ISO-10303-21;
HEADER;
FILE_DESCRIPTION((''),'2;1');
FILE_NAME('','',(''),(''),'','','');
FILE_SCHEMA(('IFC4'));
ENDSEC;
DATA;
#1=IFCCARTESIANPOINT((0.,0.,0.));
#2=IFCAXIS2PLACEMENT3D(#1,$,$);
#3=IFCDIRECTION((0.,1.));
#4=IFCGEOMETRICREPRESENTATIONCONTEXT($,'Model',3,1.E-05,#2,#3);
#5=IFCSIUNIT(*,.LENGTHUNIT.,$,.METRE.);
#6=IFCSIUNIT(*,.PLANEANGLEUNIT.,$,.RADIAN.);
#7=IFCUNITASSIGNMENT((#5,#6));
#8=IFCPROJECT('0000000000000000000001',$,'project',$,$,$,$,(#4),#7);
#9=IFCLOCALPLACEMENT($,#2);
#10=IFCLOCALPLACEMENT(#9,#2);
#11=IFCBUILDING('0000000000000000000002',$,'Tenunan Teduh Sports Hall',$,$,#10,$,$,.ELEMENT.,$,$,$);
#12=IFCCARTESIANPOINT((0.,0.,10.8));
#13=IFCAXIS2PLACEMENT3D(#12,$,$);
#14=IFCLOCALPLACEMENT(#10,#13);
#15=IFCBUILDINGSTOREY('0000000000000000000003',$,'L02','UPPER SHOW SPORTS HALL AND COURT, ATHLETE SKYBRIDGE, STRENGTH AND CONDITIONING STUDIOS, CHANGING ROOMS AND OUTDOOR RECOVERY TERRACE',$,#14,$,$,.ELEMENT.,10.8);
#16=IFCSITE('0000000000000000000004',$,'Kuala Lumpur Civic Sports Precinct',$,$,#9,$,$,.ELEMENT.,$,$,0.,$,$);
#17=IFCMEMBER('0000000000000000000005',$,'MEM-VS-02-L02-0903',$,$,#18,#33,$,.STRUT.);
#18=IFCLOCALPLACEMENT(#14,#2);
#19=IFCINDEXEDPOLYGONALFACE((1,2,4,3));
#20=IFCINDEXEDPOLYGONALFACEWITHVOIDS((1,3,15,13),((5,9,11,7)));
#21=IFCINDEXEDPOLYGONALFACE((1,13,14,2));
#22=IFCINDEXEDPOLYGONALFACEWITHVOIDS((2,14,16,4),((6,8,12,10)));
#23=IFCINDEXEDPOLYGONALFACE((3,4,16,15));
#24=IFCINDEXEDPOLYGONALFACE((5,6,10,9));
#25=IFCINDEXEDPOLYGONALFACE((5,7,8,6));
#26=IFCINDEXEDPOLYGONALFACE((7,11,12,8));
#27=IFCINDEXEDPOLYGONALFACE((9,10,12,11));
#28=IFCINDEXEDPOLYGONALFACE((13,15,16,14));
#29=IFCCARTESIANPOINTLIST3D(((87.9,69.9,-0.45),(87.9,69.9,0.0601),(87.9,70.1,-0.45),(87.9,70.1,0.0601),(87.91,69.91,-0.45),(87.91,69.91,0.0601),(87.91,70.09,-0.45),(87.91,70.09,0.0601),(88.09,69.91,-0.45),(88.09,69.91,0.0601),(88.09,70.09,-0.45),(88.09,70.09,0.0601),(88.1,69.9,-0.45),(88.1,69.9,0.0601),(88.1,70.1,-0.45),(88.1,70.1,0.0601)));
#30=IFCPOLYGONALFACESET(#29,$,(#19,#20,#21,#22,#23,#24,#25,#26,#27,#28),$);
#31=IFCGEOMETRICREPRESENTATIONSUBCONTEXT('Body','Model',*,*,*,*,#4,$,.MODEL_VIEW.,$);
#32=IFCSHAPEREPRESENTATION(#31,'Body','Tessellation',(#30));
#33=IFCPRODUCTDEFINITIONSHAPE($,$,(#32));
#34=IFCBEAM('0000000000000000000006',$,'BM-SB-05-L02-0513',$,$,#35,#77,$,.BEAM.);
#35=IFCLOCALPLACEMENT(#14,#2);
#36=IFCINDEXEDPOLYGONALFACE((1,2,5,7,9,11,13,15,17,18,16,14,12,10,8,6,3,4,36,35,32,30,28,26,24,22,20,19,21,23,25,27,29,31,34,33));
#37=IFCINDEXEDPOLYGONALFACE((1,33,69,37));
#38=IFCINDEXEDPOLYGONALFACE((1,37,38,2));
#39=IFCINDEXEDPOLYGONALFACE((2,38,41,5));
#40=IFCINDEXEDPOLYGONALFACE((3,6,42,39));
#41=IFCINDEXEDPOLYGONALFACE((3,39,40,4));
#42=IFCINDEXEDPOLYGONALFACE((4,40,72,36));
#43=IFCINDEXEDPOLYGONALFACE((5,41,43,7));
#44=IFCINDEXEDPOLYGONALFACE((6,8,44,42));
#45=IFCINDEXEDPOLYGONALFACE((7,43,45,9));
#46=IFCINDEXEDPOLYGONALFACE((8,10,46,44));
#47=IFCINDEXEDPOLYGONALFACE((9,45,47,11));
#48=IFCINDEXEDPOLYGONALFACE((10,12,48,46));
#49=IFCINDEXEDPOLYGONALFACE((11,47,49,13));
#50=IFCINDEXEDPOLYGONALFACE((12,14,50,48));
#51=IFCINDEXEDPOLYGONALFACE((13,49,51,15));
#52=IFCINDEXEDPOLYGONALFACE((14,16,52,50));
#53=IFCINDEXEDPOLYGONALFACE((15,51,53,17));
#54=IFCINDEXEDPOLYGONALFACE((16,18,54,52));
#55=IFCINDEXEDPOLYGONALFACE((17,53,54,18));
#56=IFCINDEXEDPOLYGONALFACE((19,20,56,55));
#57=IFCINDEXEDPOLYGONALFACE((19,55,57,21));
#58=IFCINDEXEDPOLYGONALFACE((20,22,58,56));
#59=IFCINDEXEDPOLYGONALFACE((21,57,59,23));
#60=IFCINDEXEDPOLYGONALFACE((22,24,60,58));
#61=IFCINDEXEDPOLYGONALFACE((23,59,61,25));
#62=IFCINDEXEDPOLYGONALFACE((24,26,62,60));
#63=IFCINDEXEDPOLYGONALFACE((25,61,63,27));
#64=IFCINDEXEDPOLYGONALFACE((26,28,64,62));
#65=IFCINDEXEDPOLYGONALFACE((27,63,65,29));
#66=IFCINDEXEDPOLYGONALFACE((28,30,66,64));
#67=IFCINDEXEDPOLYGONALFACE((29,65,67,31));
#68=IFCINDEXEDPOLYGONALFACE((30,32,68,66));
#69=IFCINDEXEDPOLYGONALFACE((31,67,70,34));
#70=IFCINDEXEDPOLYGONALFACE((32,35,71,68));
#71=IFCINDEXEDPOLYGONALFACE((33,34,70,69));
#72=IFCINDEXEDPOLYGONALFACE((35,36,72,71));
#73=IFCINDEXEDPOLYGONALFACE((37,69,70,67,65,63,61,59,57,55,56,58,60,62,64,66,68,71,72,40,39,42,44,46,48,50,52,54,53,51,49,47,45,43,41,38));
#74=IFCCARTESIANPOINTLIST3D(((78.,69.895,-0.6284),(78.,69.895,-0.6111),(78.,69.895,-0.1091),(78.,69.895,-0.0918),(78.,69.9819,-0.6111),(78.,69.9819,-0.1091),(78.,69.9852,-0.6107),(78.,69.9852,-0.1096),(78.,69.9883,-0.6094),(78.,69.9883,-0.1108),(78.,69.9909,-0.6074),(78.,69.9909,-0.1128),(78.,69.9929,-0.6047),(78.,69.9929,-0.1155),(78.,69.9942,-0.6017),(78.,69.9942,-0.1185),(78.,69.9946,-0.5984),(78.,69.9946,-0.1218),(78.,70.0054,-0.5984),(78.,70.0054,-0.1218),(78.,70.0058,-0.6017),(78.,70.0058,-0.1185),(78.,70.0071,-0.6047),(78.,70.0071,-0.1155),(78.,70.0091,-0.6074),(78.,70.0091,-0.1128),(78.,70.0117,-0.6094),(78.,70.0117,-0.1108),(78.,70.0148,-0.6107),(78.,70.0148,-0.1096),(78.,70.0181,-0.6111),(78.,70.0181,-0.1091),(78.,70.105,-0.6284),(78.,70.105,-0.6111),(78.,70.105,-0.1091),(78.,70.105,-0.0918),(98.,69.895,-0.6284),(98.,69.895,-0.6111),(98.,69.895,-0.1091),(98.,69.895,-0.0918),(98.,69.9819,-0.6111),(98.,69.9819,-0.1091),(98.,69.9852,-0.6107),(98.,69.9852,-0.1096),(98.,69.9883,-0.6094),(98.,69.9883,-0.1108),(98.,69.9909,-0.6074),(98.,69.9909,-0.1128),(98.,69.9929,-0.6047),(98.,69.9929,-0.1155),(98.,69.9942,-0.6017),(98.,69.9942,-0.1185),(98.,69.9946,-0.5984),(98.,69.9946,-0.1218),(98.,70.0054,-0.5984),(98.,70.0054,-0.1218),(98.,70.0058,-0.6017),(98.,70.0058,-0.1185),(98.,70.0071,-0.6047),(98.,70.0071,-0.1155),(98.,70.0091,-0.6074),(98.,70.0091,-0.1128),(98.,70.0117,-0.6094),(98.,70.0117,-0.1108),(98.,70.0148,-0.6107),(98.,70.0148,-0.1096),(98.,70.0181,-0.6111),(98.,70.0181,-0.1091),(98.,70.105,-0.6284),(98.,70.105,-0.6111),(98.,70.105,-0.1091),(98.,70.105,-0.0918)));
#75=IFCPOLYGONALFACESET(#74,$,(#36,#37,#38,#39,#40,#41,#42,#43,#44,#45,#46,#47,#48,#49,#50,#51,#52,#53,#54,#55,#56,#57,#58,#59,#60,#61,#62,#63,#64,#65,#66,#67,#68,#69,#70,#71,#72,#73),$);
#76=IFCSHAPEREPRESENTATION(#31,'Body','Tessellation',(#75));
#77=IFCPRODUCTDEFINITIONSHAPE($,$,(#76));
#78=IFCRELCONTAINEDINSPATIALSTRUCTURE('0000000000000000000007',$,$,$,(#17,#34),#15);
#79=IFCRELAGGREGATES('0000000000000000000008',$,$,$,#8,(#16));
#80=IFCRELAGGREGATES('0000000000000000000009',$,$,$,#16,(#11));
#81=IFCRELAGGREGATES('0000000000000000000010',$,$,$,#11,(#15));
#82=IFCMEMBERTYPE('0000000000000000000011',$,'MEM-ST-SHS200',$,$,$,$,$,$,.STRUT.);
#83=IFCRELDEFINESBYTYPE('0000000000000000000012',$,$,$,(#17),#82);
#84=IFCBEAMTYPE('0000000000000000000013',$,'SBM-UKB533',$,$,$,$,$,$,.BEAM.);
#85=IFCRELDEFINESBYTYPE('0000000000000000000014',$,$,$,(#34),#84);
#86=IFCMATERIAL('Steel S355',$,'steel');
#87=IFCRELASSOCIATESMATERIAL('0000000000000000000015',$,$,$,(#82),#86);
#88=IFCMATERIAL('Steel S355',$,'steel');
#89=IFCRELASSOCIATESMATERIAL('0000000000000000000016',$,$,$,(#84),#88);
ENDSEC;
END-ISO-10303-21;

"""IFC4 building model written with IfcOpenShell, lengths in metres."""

from ifc_helpers import new_model, si_unit, direction, frame, origin, origin_2d, place, context, subcontext, project, spatial, hollow_rectangle, i_section, extrude, material, material_profile, profile_set, type_object, element, save


model = new_model("IFC4")

# Units and contexts
model_context = context("Model", 3, precision=1e-05, world=origin(), true_north=direction((0.0, 1.0)))
body_context = subcontext(model_context, "Body", "Model", "MODEL_VIEW")
ifc_project = project(units=[si_unit("LENGTHUNIT", "METRE"), si_unit("PLANEANGLEUNIT", "RADIAN")], contexts=[model_context])

# Site, building, storey
site_placement = place(None, origin())
site = spatial("IfcSite", under=ifc_project, at=site_placement, Name="Kuala Lumpur Civic Sports Precinct", CompositionType="ELEMENT", RefElevation=0.0)
building_placement = place(site_placement, origin())
building = spatial("IfcBuilding", under=site, at=building_placement, Name="Tenunan Teduh Sports Hall", CompositionType="ELEMENT")
storey_placement = place(building_placement, frame((0.0, 0.0, 10.8)))
storey = spatial("IfcBuildingStorey", under=building, at=storey_placement, Name="L02", Description="UPPER SHOW SPORTS HALL AND COURT, ATHLETE SKYBRIDGE, STRENGTH AND CONDITIONING STUDIOS, CHANGING ROOMS AND OUTDOOR RECOVERY TERRACE", CompositionType="ELEMENT", Elevation=10.8)

# Member
ifc_material_1 = material(Name="Steel S355", Category="steel")
ifc_material_profile_1 = material_profile(ifc_material_1, hollow_rectangle(XDim=0.2, YDim=0.2, WallThickness=0.01, at=origin_2d()), Name="SHS 200x200x10.0")
ifc_profile_set_1 = profile_set([ifc_material_profile_1], Name="Steel S355")
member_type_1 = type_object("IfcMemberType", Name="MEM-ST-SHS200", PredefinedType="STRUT", material=ifc_profile_set_1)
member_1_placement = place(storey_placement, frame((88.0, 70.0, -0.45), z_axis=(0.0, 0.0, 1.0), x_axis=(1.0, 0.0, 0.0)))
element("IfcMember", 1, at=member_1_placement, inside=storey, type_object=member_type_1, Name="MEM-VS-02-L02-0903", PredefinedType="STRUT", context=body_context, shape_type="SweptSolid", body=[
    extrude(hollow_rectangle(XDim=0.2, YDim=0.2, WallThickness=0.01, at=origin_2d()), origin(), (0.0, 0.0, 1.0), 0.51),
])

# Beam
ifc_material_2 = material(Name="Steel S355", Category="steel")
ifc_material_profile_2 = material_profile(ifc_material_2, i_section(OverallWidth=0.21, OverallDepth=0.5366, WebThickness=0.0107, FlangeThickness=0.0173, FilletRadius=0.0127, at=origin_2d()), Name="UKB 533x210x101")
ifc_profile_set_2 = profile_set([ifc_material_profile_2], Name="Steel S355")
beam_type_1 = type_object("IfcBeamType", Name="SBM-UKB533", PredefinedType="BEAM", material=ifc_profile_set_2)
beam_1_placement = place(storey_placement, frame((78.0, 70.0, -0.3601), z_axis=(1.0, 0.0, 0.0), x_axis=(0.0, 1.0, 0.0)))
element("IfcBeam", 2, at=beam_1_placement, inside=storey, type_object=beam_type_1, Name="BM-SB-05-L02-0513", PredefinedType="BEAM", context=body_context, shape_type="SweptSolid", body=[
    extrude(i_section(OverallWidth=0.21, OverallDepth=0.5366, WebThickness=0.0107, FlangeThickness=0.0173, FilletRadius=0.0127, at=origin_2d()), origin(), (0.0, 0.0, 1.0), 20.0),
])

save(model, "model.ifc")
